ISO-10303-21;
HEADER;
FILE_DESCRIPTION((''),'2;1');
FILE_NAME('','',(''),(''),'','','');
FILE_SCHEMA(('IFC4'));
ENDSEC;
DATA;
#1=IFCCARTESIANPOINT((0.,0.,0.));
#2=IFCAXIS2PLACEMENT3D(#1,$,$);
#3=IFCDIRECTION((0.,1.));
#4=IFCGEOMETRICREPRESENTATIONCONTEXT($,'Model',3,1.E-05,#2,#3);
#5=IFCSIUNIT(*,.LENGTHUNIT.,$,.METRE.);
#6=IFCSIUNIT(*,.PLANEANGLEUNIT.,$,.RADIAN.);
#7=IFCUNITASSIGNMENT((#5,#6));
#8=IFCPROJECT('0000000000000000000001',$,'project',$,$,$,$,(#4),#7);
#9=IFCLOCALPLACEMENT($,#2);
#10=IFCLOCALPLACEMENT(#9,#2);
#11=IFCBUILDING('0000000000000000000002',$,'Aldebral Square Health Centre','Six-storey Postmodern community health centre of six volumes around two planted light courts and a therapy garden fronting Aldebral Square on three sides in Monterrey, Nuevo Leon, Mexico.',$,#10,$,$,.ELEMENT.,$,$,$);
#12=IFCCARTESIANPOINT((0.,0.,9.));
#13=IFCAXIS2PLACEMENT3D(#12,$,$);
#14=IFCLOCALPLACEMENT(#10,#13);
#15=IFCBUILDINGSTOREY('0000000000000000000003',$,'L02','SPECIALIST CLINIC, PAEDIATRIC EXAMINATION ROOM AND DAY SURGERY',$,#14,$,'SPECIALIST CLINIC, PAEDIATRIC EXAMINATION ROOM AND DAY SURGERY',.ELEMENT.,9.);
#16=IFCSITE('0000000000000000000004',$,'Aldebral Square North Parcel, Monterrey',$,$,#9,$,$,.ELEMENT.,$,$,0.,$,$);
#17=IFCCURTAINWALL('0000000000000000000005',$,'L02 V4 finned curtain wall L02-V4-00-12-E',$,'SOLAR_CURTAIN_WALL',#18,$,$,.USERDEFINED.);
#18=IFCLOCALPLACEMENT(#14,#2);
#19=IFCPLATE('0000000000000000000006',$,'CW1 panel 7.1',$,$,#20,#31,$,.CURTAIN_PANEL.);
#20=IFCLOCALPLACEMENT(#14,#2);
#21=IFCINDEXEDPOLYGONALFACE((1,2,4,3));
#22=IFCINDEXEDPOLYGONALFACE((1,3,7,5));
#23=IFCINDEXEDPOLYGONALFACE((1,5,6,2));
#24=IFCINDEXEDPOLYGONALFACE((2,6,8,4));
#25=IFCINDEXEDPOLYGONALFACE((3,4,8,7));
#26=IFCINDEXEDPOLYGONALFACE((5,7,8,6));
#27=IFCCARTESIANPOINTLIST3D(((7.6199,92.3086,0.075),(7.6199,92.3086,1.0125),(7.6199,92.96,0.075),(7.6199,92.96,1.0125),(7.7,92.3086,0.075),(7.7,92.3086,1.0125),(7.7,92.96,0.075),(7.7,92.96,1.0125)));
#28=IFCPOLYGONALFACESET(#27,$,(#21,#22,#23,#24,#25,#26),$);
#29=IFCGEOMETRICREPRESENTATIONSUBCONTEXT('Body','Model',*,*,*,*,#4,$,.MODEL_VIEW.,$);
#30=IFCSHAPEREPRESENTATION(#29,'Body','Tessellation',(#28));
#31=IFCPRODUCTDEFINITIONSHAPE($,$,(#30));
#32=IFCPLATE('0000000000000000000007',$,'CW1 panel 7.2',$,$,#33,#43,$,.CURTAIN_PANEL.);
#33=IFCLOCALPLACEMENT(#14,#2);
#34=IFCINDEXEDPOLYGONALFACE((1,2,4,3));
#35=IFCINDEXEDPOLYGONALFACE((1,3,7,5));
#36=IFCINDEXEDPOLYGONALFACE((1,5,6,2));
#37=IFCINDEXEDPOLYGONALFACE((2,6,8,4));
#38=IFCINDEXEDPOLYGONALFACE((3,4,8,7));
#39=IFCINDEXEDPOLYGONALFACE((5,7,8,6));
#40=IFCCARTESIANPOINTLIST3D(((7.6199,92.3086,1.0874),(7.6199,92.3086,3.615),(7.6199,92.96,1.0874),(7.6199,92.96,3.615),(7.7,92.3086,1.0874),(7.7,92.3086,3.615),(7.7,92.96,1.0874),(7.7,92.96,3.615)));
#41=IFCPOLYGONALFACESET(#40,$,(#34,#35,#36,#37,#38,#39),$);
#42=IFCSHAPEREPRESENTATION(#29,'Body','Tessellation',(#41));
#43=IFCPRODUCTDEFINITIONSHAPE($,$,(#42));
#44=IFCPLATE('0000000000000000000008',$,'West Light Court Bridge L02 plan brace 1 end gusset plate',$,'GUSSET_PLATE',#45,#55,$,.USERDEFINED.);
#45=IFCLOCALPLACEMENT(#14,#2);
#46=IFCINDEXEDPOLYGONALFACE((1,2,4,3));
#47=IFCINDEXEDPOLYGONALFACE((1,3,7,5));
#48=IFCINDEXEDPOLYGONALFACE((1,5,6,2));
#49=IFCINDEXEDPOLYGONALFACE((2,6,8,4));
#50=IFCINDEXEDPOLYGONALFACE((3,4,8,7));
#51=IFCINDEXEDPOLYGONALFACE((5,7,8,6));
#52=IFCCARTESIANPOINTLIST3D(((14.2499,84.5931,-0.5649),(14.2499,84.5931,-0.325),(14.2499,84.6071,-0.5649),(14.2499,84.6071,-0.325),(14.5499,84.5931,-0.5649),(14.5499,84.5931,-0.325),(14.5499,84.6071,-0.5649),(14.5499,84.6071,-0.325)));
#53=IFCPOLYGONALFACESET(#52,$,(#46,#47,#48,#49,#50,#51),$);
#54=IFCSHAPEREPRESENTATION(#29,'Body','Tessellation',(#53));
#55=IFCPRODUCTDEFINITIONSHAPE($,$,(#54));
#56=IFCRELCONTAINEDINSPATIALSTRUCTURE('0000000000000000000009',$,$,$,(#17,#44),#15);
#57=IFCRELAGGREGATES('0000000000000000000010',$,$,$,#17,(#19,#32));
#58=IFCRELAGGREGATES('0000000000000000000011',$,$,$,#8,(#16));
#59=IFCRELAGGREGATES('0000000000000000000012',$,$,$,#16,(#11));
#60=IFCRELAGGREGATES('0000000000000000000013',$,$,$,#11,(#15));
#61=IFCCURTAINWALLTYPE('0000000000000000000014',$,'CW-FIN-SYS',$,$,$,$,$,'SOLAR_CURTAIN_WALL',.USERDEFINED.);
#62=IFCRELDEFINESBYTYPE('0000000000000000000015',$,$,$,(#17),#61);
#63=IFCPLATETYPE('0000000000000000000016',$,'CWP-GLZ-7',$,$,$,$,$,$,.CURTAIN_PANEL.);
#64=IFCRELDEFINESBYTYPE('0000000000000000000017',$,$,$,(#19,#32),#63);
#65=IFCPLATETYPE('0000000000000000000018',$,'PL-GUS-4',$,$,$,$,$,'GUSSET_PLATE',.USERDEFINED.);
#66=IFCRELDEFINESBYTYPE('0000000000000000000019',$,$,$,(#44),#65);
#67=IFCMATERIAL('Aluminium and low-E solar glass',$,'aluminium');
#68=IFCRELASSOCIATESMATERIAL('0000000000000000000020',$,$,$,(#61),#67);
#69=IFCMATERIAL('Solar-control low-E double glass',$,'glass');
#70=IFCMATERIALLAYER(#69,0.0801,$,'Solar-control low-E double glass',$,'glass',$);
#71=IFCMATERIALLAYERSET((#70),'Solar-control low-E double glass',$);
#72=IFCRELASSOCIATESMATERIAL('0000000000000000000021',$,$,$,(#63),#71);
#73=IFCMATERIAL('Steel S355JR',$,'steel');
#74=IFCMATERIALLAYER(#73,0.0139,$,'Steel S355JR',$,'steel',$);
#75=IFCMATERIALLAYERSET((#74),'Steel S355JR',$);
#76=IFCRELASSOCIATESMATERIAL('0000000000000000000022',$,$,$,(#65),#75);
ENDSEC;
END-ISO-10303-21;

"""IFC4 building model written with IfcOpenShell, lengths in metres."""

from ifc_helpers import new_model, si_unit, direction, frame, origin, origin_2d, place, context, subcontext, project, spatial, rectangle, extrude, material, layer, layer_set, type_object, element, aggregate, save


model = new_model("IFC4")

# Units and contexts
model_context = context("Model", 3, precision=1e-05, world=origin(), true_north=direction((0.0, 1.0)))
body_context = subcontext(model_context, "Body", "Model", "MODEL_VIEW")
ifc_project = project(units=[si_unit("LENGTHUNIT", "METRE"), si_unit("PLANEANGLEUNIT", "RADIAN")], contexts=[model_context])

# Site, building, storey
site_placement = place(None, origin())
site = spatial("IfcSite", under=ifc_project, at=site_placement, Name="Aldebral Square North Parcel, Monterrey", CompositionType="ELEMENT", RefElevation=0.0)
building_placement = place(site_placement, origin())
building = spatial("IfcBuilding", under=site, at=building_placement, Name="Aldebral Square Health Centre", Description="Six-storey Postmodern community health centre of six volumes around two planted light courts and a therapy garden fronting Aldebral Square on three sides in Monterrey, Nuevo Leon, Mexico.", CompositionType="ELEMENT")
storey_placement = place(building_placement, frame((0.0, 0.0, 9.0)))
storey = spatial("IfcBuildingStorey", under=building, at=storey_placement, Name="L02", Description="SPECIALIST CLINIC, PAEDIATRIC EXAMINATION ROOM AND DAY SURGERY", LongName="SPECIALIST CLINIC, PAEDIATRIC EXAMINATION ROOM AND DAY SURGERY", CompositionType="ELEMENT", Elevation=9.0)

# Shared definitions
ifc_material_1 = material(Name="Steel S355JR", Category="steel")

# Curtain wall
ifc_material_2 = material(Name="Aluminium and low-E solar glass", Category="aluminium")
curtain_wall_type = type_object("IfcCurtainWallType", Name="CW-FIN-SYS", ElementType="SOLAR_CURTAIN_WALL", PredefinedType="USERDEFINED", material=ifc_material_2)
curtain_wall_1_placement = place(storey_placement, origin())
curtain_wall_1 = element("IfcCurtainWall", 1, at=curtain_wall_1_placement, inside=storey, type_object=curtain_wall_type, Name="L02 V4 finned curtain wall L02-V4-00-12-E", ObjectType="SOLAR_CURTAIN_WALL", PredefinedType="USERDEFINED")

# Plates
ifc_material_3 = material(Name="Solar-control low-E double glass", Category="glass")
ifc_layer_1 = layer(ifc_material_3, 0.0801, Name="Solar-control low-E double glass", Category="glass")
ifc_layer_set_1 = layer_set([ifc_layer_1], Name="Solar-control low-E double glass")
plate_type_1 = type_object("IfcPlateType", Name="CWP-GLZ-7", PredefinedType="CURTAIN_PANEL", material=ifc_layer_set_1)
plate_1_placement = place(storey_placement, frame((7.6599, 92.6343, 0.075), z_axis=(0.0, 0.0, 1.0), x_axis=(0.0, 1.0, 0.0)))
plate_1 = element("IfcPlate", 2, at=plate_1_placement, type_object=plate_type_1, Name="CW1 panel 7.1", PredefinedType="CURTAIN_PANEL", context=body_context, shape_type="SweptSolid", body=[
    extrude(rectangle(XDim=0.6514, YDim=0.0801, at=origin_2d()), origin(), (0.0, 0.0, 1.0), 0.9375),
])
plate_2_placement = place(storey_placement, frame((7.6599, 92.6343, 1.0874), z_axis=(0.0, 0.0, 1.0), x_axis=(0.0, 1.0, 0.0)))
plate_2 = element("IfcPlate", 3, at=plate_2_placement, type_object=plate_type_1, Name="CW1 panel 7.2", PredefinedType="CURTAIN_PANEL", context=body_context, shape_type="SweptSolid", body=[
    extrude(rectangle(XDim=0.6514, YDim=0.0801, at=origin_2d()), origin(), (0.0, 0.0, 1.0), 2.5276),
])
aggregate(curtain_wall_1, [plate_1, plate_2])
ifc_layer_2 = layer(ifc_material_1, 0.0139, Name="Steel S355JR", Category="steel")
ifc_layer_set_2 = layer_set([ifc_layer_2], Name="Steel S355JR")
plate_type_2 = type_object("IfcPlateType", Name="PL-GUS-4", ElementType="GUSSET_PLATE", PredefinedType="USERDEFINED", material=ifc_layer_set_2)
plate_3_placement = place(storey_placement, frame((14.3999, 84.6001, -0.5649), z_axis=(0.0, 0.0, 1.0), x_axis=(1.0, 0.0, 0.0)))
element("IfcPlate", 4, at=plate_3_placement, inside=storey, type_object=plate_type_2, Name="West Light Court Bridge L02 plan brace 1 end gusset plate", ObjectType="GUSSET_PLATE", PredefinedType="USERDEFINED", context=body_context, shape_type="SweptSolid", body=[
    extrude(rectangle(XDim=0.3, YDim=0.0139, at=origin_2d()), origin(), (0.0, 0.0, 1.0), 0.24),
])

save(model, "model.ifc")
